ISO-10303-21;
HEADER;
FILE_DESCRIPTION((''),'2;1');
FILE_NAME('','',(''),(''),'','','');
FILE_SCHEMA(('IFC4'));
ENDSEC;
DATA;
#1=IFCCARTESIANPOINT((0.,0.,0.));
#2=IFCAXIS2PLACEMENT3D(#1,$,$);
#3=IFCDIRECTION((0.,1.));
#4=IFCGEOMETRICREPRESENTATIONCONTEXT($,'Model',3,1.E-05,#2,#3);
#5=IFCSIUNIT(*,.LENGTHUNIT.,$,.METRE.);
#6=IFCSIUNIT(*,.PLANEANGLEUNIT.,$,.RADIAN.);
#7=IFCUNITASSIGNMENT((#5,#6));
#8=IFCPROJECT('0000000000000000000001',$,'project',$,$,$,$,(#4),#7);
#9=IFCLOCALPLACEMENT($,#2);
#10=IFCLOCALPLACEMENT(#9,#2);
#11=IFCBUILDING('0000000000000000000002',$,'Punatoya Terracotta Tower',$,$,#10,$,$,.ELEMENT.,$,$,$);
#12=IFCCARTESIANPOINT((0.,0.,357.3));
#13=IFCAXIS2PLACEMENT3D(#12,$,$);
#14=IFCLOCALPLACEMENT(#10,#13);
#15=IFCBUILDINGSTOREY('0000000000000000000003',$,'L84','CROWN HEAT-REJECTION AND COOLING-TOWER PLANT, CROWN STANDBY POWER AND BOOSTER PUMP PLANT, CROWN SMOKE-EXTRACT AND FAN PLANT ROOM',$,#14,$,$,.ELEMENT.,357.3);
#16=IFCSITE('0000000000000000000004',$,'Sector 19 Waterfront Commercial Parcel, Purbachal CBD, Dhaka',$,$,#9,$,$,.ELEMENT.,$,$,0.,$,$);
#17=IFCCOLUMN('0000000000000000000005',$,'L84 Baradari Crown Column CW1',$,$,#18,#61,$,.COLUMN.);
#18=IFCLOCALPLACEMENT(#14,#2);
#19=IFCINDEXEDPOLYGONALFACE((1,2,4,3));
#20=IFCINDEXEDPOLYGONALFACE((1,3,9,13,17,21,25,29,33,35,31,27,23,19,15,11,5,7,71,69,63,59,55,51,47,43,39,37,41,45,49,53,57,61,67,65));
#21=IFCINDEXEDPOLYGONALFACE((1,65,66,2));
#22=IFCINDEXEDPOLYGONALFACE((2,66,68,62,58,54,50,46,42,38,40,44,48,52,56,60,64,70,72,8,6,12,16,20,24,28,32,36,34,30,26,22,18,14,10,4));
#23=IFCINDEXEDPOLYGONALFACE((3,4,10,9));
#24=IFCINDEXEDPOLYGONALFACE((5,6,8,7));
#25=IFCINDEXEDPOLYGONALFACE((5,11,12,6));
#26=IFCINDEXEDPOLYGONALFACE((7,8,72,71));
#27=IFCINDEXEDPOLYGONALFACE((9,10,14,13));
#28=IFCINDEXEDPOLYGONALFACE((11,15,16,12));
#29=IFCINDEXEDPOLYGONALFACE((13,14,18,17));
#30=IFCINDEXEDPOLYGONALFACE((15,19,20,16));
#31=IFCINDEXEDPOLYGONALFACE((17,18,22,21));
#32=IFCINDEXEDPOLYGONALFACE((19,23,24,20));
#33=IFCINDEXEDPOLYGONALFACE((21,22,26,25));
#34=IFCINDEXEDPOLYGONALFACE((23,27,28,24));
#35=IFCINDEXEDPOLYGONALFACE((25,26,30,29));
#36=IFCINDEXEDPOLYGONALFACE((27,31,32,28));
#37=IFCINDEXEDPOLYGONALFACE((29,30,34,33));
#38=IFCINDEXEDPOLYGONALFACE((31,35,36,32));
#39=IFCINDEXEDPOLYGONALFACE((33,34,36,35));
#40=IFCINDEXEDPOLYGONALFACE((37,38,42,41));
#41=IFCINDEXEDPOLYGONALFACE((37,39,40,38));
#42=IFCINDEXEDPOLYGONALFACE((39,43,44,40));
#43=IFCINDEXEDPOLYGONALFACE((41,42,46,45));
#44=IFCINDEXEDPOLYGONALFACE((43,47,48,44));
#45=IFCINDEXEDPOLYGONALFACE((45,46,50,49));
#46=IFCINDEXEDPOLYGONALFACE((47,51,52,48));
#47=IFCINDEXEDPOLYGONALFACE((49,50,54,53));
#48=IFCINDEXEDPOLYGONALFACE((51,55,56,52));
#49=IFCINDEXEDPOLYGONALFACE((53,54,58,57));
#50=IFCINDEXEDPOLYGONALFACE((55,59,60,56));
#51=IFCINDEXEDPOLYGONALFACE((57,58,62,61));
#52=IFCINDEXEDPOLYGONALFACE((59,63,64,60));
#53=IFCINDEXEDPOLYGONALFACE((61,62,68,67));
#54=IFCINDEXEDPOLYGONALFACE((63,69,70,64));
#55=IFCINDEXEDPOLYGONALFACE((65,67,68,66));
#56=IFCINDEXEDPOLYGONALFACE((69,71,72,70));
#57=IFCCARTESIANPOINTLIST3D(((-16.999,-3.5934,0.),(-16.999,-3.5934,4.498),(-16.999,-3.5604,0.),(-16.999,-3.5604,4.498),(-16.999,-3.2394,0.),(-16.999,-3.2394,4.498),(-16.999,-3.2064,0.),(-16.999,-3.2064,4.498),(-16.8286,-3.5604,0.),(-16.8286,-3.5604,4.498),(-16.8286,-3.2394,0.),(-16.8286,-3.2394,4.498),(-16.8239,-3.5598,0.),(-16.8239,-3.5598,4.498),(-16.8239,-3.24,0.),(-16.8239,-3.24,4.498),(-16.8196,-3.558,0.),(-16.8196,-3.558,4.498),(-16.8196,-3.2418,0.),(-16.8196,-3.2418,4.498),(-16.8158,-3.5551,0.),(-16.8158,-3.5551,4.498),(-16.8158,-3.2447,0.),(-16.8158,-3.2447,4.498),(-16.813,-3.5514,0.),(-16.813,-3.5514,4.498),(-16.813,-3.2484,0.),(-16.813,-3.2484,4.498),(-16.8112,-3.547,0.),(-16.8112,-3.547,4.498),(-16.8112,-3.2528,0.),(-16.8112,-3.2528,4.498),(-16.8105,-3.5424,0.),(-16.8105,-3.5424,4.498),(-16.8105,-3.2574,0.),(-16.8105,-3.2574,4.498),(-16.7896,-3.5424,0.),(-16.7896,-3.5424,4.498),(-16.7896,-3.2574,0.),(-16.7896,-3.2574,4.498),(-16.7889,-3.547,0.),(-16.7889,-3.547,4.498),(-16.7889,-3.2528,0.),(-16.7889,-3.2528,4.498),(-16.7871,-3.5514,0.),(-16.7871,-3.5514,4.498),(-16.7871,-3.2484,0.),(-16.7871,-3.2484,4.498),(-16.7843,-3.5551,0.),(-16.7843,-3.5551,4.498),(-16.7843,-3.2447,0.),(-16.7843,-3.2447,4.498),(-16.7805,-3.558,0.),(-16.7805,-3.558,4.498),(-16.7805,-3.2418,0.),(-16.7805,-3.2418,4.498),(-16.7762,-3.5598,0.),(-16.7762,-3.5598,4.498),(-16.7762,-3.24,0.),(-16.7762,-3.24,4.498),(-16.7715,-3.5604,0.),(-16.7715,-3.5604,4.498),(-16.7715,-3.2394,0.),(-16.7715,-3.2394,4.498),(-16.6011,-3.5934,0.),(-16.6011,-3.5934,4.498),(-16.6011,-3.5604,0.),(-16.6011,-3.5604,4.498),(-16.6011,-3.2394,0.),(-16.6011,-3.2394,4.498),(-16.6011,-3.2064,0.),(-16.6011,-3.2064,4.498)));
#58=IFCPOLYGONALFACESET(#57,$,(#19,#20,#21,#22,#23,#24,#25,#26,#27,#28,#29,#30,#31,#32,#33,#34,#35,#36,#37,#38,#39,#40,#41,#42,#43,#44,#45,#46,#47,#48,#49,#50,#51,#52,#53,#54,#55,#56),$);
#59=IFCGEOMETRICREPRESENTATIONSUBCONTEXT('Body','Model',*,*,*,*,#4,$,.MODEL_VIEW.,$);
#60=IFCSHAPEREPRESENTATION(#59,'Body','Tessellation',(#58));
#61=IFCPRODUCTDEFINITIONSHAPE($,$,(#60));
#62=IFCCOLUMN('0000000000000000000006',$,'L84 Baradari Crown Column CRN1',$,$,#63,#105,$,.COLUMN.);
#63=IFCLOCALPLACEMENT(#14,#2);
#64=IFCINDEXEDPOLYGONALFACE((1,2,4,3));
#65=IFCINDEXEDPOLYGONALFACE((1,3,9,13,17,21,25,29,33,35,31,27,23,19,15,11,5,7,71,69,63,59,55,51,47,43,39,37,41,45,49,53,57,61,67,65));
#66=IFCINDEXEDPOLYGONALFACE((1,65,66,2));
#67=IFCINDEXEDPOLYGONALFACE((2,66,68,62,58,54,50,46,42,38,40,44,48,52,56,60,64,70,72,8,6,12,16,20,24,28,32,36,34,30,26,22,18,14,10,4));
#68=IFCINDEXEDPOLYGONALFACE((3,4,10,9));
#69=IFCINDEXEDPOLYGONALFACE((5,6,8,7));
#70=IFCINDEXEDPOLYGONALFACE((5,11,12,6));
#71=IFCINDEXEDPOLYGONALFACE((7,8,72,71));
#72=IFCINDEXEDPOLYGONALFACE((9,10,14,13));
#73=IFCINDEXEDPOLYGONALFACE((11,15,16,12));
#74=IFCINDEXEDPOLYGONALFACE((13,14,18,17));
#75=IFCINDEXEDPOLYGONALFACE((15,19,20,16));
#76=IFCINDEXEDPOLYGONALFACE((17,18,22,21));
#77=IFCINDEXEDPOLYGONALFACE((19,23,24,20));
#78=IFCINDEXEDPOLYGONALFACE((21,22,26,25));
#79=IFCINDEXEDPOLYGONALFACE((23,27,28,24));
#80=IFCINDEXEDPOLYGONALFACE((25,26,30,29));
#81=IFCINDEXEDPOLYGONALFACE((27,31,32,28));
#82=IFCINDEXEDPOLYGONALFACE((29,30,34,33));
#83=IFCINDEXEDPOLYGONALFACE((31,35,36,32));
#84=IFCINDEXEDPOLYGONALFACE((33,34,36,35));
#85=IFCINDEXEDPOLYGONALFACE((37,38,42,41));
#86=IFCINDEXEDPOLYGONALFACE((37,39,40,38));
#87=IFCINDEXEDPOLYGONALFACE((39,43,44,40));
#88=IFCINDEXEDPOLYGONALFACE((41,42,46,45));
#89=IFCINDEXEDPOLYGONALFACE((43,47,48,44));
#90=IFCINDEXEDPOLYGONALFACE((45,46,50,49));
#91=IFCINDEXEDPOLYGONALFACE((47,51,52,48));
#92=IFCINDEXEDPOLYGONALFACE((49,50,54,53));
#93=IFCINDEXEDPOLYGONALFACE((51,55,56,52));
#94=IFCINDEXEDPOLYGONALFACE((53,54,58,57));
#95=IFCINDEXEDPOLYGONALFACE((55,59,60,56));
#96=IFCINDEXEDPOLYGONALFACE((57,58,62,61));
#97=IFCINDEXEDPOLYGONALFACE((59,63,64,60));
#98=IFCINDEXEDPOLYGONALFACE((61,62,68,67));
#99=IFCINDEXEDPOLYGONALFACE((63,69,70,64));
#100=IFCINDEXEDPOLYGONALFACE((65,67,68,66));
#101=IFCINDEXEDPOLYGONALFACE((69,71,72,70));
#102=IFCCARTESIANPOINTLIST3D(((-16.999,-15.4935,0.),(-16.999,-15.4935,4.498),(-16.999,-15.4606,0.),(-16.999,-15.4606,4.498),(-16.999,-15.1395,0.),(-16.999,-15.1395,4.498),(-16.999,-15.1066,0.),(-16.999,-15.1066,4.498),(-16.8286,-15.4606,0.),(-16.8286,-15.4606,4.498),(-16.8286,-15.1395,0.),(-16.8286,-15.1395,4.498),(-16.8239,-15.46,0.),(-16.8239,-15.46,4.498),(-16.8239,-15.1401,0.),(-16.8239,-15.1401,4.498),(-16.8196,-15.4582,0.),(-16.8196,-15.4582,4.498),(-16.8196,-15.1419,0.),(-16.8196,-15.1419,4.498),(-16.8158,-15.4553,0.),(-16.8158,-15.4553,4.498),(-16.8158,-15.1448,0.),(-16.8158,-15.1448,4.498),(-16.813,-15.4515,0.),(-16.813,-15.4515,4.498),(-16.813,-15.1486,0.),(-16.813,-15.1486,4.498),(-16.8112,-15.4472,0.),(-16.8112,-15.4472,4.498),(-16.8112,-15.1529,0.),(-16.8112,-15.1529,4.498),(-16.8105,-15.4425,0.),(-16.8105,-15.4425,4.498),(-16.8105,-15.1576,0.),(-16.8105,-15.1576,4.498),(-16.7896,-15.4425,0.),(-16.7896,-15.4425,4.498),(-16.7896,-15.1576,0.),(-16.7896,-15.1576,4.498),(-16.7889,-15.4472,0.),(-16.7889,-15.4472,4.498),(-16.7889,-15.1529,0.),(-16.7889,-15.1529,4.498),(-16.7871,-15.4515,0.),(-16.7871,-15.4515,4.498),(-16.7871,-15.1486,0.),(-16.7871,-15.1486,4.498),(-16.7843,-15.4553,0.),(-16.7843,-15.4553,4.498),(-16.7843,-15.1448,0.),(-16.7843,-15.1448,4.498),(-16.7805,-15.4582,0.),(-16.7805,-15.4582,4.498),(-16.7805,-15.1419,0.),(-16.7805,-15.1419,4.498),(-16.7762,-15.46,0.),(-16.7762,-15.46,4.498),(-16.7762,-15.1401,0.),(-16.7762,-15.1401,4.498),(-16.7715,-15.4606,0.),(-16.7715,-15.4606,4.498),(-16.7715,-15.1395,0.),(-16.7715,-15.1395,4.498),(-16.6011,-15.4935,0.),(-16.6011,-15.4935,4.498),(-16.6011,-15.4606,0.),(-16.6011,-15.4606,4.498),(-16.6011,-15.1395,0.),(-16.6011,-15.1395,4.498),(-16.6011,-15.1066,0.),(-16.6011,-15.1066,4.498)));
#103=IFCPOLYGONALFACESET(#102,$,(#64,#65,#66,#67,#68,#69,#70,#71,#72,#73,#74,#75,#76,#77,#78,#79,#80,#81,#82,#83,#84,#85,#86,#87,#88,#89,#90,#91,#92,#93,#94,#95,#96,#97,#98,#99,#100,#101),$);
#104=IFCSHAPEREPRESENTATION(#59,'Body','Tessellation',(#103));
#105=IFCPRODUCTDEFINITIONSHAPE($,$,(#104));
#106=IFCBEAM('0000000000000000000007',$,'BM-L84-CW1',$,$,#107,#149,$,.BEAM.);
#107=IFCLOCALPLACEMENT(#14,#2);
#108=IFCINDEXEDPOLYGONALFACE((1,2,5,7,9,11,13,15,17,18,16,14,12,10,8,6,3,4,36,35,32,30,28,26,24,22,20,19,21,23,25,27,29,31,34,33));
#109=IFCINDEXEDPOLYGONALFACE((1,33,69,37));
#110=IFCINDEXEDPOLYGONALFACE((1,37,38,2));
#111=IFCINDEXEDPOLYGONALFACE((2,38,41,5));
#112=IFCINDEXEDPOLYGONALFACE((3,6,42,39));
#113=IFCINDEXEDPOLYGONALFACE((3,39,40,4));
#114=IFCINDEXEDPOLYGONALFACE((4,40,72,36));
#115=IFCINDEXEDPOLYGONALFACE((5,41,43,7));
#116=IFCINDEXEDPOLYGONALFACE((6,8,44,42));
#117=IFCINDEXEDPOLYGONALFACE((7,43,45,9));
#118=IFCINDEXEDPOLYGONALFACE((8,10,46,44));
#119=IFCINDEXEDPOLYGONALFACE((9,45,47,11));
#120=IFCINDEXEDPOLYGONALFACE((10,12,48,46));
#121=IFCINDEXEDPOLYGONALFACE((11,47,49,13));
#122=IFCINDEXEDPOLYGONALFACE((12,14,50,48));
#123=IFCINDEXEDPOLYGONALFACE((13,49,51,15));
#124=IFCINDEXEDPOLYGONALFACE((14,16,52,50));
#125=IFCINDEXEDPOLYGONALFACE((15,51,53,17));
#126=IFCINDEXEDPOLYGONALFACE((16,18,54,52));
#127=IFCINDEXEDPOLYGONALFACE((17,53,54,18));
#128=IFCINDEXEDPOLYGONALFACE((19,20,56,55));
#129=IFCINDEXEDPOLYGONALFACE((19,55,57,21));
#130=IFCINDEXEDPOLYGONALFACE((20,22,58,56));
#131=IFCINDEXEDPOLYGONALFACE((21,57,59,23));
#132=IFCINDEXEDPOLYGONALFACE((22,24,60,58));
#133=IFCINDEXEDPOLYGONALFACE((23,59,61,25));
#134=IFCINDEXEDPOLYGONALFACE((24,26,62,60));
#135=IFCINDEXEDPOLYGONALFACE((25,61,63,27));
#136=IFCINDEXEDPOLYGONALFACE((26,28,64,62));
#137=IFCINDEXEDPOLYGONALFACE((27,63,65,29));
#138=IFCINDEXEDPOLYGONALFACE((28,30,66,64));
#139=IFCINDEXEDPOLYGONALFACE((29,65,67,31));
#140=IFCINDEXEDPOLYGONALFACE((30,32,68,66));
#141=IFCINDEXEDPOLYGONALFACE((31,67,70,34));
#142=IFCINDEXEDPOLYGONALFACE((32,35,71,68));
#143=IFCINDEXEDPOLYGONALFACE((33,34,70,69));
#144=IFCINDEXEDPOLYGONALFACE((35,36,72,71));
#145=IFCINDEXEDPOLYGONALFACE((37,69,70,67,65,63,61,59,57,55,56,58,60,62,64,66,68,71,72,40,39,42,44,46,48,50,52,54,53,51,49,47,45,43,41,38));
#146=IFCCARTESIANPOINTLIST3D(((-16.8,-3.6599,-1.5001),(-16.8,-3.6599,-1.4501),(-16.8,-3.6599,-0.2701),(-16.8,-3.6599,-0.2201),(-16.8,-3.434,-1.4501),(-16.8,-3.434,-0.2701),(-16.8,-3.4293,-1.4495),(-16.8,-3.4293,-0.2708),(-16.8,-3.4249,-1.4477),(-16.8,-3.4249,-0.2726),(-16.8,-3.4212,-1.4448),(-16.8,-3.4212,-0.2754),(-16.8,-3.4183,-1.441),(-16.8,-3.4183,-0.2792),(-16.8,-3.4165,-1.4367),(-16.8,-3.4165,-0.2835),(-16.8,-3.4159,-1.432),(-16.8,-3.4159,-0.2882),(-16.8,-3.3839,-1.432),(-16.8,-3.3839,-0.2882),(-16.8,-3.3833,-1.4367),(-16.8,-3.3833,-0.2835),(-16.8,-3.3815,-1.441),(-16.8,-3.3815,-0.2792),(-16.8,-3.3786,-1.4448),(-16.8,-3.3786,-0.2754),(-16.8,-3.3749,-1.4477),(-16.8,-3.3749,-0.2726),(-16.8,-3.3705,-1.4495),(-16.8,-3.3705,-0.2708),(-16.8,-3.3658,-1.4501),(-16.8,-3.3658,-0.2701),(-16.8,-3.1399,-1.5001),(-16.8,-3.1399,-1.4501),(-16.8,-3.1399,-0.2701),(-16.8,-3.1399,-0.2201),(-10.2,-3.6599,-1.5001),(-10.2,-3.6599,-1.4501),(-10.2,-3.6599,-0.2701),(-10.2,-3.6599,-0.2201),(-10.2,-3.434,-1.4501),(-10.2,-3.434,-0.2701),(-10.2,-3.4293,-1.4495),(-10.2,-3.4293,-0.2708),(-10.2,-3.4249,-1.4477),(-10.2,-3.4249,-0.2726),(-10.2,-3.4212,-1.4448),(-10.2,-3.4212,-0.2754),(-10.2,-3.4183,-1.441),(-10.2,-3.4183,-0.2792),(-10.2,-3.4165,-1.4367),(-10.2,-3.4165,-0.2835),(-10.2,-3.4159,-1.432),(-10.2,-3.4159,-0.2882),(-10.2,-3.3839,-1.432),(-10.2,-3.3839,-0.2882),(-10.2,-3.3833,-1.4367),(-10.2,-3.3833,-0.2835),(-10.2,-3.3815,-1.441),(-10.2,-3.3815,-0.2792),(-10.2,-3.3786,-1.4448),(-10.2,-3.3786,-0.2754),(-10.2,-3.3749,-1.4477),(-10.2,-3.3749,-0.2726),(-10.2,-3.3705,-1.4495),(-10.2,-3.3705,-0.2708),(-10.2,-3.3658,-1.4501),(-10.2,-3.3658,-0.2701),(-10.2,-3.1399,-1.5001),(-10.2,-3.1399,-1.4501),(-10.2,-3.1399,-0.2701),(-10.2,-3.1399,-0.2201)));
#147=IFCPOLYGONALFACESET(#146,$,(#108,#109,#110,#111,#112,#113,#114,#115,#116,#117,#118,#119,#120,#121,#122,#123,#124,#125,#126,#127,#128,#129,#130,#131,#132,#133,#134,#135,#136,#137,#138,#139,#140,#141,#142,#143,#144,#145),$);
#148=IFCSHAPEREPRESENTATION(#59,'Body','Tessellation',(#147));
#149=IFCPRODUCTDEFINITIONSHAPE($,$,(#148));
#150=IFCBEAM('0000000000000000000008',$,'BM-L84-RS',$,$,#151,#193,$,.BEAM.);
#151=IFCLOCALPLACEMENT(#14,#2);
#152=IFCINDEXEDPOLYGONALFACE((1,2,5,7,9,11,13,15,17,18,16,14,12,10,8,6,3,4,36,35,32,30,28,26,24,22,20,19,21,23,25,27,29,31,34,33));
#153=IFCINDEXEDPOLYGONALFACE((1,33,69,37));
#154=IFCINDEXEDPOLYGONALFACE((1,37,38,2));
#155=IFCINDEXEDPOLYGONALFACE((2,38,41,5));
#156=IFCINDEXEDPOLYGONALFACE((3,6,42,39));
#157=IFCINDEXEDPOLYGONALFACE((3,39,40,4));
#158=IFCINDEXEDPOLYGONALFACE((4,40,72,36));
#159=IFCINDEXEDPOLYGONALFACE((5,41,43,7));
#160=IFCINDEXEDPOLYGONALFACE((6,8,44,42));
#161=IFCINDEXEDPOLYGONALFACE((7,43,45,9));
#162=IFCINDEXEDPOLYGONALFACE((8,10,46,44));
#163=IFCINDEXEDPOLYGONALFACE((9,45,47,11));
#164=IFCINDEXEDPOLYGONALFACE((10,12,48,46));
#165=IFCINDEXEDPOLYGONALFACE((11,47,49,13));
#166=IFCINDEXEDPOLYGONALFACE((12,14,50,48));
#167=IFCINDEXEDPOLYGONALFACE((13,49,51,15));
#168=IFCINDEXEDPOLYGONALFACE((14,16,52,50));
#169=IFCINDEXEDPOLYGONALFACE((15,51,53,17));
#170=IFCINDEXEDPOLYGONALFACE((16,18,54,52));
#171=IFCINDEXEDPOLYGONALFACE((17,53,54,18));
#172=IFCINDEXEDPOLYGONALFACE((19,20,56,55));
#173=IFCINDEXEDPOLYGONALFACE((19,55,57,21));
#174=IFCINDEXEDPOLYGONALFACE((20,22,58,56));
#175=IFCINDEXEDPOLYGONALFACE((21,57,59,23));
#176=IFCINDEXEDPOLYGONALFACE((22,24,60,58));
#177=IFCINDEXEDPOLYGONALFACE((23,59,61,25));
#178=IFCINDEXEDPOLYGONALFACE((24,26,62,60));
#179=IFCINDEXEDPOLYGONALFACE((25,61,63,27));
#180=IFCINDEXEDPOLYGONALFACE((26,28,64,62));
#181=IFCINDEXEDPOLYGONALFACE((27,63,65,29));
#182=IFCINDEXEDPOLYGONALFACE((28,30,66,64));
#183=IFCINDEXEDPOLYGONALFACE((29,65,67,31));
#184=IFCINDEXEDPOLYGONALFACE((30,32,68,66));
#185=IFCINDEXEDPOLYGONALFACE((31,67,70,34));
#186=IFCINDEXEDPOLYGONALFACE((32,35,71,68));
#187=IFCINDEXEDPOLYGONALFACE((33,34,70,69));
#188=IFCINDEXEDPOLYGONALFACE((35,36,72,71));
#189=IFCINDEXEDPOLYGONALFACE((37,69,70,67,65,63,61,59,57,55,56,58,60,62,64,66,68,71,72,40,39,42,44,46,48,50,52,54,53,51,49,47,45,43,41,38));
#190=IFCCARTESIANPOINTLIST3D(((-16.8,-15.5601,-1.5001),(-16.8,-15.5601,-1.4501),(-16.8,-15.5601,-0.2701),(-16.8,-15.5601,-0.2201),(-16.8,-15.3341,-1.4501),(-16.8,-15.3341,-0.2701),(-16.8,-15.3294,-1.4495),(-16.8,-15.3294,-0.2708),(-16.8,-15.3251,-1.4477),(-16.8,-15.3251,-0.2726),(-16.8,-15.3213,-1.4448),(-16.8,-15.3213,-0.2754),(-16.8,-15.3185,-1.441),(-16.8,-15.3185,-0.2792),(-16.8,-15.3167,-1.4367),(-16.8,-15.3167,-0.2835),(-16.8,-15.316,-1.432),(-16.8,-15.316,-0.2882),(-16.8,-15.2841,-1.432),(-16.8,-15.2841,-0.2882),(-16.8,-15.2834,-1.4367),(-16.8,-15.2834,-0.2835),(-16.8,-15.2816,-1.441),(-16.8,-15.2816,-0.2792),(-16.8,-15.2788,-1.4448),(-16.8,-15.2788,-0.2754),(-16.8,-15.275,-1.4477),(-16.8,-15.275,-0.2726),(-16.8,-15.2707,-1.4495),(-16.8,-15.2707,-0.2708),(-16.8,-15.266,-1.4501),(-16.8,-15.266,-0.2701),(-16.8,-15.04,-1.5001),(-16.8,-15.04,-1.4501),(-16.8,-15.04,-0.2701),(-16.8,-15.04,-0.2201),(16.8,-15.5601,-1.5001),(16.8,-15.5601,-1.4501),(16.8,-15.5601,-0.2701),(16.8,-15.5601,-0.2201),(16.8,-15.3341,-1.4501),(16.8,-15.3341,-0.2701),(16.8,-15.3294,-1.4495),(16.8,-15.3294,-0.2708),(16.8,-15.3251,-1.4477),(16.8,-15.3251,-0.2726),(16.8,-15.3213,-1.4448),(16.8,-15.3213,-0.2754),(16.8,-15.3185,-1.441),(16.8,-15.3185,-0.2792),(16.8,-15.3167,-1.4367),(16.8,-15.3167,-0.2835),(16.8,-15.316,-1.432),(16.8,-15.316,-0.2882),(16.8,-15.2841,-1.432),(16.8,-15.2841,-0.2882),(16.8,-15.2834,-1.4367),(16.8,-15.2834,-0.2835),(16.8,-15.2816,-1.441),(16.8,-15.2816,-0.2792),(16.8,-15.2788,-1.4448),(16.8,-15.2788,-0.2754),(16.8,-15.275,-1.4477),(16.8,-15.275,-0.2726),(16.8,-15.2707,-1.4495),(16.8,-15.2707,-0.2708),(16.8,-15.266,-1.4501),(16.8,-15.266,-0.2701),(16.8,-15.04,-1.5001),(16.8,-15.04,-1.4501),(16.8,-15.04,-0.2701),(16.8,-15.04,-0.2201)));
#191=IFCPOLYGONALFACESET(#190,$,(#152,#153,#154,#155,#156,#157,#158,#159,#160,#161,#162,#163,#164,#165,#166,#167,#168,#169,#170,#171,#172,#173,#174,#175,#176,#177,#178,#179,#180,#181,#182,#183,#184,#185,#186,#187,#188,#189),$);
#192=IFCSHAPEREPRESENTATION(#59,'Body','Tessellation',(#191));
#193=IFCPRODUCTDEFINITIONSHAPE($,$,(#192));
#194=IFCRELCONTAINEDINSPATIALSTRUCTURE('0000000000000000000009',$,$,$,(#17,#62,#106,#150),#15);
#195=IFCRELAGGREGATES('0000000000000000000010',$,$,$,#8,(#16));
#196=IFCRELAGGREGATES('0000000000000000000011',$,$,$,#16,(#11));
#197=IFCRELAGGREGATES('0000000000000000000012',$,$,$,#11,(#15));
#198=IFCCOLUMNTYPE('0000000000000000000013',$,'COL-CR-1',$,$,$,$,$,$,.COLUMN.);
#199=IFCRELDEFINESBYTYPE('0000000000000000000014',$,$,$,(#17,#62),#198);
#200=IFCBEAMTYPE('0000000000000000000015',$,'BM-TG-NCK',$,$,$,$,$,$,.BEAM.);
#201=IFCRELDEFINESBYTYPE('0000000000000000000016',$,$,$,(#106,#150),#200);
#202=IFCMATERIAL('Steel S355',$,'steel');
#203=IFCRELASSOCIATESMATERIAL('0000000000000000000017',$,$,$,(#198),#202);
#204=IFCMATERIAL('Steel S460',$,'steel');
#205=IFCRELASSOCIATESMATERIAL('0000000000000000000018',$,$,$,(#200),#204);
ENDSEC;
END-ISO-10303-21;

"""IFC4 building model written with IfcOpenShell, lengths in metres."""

from ifc_helpers import new_model, si_unit, direction, frame, origin, origin_2d, place, context, subcontext, project, spatial, i_section, extrude, material, material_profile, profile_set, type_object, element, save


model = new_model("IFC4")

# Units and contexts
model_context = context("Model", 3, precision=1e-05, world=origin(), true_north=direction((0.0, 1.0)))
body_context = subcontext(model_context, "Body", "Model", "MODEL_VIEW")
ifc_project = project(units=[si_unit("LENGTHUNIT", "METRE"), si_unit("PLANEANGLEUNIT", "RADIAN")], contexts=[model_context])

# Site, building, storey
site_placement = place(None, origin())
site = spatial("IfcSite", under=ifc_project, at=site_placement, Name="Sector 19 Waterfront Commercial Parcel, Purbachal CBD, Dhaka", CompositionType="ELEMENT", RefElevation=0.0)
building_placement = place(site_placement, origin())
building = spatial("IfcBuilding", under=site, at=building_placement, Name="Punatoya Terracotta Tower", CompositionType="ELEMENT")
storey_placement = place(building_placement, frame((0.0, 0.0, 357.3)))
storey = spatial("IfcBuildingStorey", under=building, at=storey_placement, Name="L84", Description="CROWN HEAT-REJECTION AND COOLING-TOWER PLANT, CROWN STANDBY POWER AND BOOSTER PUMP PLANT, CROWN SMOKE-EXTRACT AND FAN PLANT ROOM", CompositionType="ELEMENT", Elevation=357.3)

# Columns
ifc_material_1 = material(Name="Steel S355", Category="steel")
ifc_material_profile_1 = material_profile(ifc_material_1, i_section(OverallWidth=0.3979, OverallDepth=0.387, WebThickness=0.021, FlangeThickness=0.033, FilletRadius=0.0181, at=origin_2d()))
ifc_profile_set_1 = profile_set([ifc_material_profile_1], Name="Steel S355")
column_type = type_object("IfcColumnType", Name="COL-CR-1", PredefinedType="COLUMN", material=ifc_profile_set_1)
for number, where, z_axis, x_axis, name in (
    (1, (-16.8, -3.3999, 0.0), (0.0, 0.0, 1.0), (1.0, 0.0, 0.0), "L84 Baradari Crown Column CW1"),
    (2, (-16.8, -15.3, 0.0), (0.0, 0.0, 1.0), (1.0, 0.0, 0.0), "L84 Baradari Crown Column CRN1"),
):
    element("IfcColumn", number, at=place(storey_placement, frame(where, z_axis=z_axis, x_axis=x_axis)), inside=storey, type_object=column_type, Name=name, PredefinedType="COLUMN", context=body_context, shape_type="SweptSolid", body=[
        extrude(i_section(OverallWidth=0.3979, OverallDepth=0.387, WebThickness=0.021, FlangeThickness=0.033, FilletRadius=0.0181, at=origin_2d()), origin(), (0.0, 0.0, 1.0), 4.498),
    ])

# Beams
ifc_material_2 = material(Name="Steel S460", Category="steel")
ifc_material_profile_2 = material_profile(ifc_material_2, i_section(OverallWidth=0.52, OverallDepth=1.28, WebThickness=0.032, FlangeThickness=0.05, FilletRadius=0.0181, at=origin_2d()))
ifc_profile_set_2 = profile_set([ifc_material_profile_2], Name="Steel S460")
beam_type = type_object("IfcBeamType", Name="BM-TG-NCK", PredefinedType="BEAM", material=ifc_profile_set_2)
beam_1_placement = place(storey_placement, frame((-16.8, -3.3999, -0.8601), z_axis=(1.0, 0.0, 0.0), x_axis=(0.0, 1.0, 0.0)))
element("IfcBeam", 3, at=beam_1_placement, inside=storey, type_object=beam_type, Name="BM-L84-CW1", PredefinedType="BEAM", context=body_context, shape_type="SweptSolid", body=[
    extrude(i_section(OverallWidth=0.52, OverallDepth=1.28, WebThickness=0.032, FlangeThickness=0.05, FilletRadius=0.0181, at=origin_2d()), origin(), (0.0, 0.0, 1.0), 6.6001),
])
beam_2_placement = place(storey_placement, frame((-16.8, -15.3, -0.8601), z_axis=(1.0, 0.0, 0.0), x_axis=(0.0, 1.0, 0.0)))
element("IfcBeam", 4, at=beam_2_placement, inside=storey, type_object=beam_type, Name="BM-L84-RS", PredefinedType="BEAM", context=body_context, shape_type="SweptSolid", body=[
    extrude(i_section(OverallWidth=0.52, OverallDepth=1.28, WebThickness=0.032, FlangeThickness=0.05, FilletRadius=0.0181, at=origin_2d()), origin(), (0.0, 0.0, 1.0), 33.6001),
])

save(model, "model.ifc")
